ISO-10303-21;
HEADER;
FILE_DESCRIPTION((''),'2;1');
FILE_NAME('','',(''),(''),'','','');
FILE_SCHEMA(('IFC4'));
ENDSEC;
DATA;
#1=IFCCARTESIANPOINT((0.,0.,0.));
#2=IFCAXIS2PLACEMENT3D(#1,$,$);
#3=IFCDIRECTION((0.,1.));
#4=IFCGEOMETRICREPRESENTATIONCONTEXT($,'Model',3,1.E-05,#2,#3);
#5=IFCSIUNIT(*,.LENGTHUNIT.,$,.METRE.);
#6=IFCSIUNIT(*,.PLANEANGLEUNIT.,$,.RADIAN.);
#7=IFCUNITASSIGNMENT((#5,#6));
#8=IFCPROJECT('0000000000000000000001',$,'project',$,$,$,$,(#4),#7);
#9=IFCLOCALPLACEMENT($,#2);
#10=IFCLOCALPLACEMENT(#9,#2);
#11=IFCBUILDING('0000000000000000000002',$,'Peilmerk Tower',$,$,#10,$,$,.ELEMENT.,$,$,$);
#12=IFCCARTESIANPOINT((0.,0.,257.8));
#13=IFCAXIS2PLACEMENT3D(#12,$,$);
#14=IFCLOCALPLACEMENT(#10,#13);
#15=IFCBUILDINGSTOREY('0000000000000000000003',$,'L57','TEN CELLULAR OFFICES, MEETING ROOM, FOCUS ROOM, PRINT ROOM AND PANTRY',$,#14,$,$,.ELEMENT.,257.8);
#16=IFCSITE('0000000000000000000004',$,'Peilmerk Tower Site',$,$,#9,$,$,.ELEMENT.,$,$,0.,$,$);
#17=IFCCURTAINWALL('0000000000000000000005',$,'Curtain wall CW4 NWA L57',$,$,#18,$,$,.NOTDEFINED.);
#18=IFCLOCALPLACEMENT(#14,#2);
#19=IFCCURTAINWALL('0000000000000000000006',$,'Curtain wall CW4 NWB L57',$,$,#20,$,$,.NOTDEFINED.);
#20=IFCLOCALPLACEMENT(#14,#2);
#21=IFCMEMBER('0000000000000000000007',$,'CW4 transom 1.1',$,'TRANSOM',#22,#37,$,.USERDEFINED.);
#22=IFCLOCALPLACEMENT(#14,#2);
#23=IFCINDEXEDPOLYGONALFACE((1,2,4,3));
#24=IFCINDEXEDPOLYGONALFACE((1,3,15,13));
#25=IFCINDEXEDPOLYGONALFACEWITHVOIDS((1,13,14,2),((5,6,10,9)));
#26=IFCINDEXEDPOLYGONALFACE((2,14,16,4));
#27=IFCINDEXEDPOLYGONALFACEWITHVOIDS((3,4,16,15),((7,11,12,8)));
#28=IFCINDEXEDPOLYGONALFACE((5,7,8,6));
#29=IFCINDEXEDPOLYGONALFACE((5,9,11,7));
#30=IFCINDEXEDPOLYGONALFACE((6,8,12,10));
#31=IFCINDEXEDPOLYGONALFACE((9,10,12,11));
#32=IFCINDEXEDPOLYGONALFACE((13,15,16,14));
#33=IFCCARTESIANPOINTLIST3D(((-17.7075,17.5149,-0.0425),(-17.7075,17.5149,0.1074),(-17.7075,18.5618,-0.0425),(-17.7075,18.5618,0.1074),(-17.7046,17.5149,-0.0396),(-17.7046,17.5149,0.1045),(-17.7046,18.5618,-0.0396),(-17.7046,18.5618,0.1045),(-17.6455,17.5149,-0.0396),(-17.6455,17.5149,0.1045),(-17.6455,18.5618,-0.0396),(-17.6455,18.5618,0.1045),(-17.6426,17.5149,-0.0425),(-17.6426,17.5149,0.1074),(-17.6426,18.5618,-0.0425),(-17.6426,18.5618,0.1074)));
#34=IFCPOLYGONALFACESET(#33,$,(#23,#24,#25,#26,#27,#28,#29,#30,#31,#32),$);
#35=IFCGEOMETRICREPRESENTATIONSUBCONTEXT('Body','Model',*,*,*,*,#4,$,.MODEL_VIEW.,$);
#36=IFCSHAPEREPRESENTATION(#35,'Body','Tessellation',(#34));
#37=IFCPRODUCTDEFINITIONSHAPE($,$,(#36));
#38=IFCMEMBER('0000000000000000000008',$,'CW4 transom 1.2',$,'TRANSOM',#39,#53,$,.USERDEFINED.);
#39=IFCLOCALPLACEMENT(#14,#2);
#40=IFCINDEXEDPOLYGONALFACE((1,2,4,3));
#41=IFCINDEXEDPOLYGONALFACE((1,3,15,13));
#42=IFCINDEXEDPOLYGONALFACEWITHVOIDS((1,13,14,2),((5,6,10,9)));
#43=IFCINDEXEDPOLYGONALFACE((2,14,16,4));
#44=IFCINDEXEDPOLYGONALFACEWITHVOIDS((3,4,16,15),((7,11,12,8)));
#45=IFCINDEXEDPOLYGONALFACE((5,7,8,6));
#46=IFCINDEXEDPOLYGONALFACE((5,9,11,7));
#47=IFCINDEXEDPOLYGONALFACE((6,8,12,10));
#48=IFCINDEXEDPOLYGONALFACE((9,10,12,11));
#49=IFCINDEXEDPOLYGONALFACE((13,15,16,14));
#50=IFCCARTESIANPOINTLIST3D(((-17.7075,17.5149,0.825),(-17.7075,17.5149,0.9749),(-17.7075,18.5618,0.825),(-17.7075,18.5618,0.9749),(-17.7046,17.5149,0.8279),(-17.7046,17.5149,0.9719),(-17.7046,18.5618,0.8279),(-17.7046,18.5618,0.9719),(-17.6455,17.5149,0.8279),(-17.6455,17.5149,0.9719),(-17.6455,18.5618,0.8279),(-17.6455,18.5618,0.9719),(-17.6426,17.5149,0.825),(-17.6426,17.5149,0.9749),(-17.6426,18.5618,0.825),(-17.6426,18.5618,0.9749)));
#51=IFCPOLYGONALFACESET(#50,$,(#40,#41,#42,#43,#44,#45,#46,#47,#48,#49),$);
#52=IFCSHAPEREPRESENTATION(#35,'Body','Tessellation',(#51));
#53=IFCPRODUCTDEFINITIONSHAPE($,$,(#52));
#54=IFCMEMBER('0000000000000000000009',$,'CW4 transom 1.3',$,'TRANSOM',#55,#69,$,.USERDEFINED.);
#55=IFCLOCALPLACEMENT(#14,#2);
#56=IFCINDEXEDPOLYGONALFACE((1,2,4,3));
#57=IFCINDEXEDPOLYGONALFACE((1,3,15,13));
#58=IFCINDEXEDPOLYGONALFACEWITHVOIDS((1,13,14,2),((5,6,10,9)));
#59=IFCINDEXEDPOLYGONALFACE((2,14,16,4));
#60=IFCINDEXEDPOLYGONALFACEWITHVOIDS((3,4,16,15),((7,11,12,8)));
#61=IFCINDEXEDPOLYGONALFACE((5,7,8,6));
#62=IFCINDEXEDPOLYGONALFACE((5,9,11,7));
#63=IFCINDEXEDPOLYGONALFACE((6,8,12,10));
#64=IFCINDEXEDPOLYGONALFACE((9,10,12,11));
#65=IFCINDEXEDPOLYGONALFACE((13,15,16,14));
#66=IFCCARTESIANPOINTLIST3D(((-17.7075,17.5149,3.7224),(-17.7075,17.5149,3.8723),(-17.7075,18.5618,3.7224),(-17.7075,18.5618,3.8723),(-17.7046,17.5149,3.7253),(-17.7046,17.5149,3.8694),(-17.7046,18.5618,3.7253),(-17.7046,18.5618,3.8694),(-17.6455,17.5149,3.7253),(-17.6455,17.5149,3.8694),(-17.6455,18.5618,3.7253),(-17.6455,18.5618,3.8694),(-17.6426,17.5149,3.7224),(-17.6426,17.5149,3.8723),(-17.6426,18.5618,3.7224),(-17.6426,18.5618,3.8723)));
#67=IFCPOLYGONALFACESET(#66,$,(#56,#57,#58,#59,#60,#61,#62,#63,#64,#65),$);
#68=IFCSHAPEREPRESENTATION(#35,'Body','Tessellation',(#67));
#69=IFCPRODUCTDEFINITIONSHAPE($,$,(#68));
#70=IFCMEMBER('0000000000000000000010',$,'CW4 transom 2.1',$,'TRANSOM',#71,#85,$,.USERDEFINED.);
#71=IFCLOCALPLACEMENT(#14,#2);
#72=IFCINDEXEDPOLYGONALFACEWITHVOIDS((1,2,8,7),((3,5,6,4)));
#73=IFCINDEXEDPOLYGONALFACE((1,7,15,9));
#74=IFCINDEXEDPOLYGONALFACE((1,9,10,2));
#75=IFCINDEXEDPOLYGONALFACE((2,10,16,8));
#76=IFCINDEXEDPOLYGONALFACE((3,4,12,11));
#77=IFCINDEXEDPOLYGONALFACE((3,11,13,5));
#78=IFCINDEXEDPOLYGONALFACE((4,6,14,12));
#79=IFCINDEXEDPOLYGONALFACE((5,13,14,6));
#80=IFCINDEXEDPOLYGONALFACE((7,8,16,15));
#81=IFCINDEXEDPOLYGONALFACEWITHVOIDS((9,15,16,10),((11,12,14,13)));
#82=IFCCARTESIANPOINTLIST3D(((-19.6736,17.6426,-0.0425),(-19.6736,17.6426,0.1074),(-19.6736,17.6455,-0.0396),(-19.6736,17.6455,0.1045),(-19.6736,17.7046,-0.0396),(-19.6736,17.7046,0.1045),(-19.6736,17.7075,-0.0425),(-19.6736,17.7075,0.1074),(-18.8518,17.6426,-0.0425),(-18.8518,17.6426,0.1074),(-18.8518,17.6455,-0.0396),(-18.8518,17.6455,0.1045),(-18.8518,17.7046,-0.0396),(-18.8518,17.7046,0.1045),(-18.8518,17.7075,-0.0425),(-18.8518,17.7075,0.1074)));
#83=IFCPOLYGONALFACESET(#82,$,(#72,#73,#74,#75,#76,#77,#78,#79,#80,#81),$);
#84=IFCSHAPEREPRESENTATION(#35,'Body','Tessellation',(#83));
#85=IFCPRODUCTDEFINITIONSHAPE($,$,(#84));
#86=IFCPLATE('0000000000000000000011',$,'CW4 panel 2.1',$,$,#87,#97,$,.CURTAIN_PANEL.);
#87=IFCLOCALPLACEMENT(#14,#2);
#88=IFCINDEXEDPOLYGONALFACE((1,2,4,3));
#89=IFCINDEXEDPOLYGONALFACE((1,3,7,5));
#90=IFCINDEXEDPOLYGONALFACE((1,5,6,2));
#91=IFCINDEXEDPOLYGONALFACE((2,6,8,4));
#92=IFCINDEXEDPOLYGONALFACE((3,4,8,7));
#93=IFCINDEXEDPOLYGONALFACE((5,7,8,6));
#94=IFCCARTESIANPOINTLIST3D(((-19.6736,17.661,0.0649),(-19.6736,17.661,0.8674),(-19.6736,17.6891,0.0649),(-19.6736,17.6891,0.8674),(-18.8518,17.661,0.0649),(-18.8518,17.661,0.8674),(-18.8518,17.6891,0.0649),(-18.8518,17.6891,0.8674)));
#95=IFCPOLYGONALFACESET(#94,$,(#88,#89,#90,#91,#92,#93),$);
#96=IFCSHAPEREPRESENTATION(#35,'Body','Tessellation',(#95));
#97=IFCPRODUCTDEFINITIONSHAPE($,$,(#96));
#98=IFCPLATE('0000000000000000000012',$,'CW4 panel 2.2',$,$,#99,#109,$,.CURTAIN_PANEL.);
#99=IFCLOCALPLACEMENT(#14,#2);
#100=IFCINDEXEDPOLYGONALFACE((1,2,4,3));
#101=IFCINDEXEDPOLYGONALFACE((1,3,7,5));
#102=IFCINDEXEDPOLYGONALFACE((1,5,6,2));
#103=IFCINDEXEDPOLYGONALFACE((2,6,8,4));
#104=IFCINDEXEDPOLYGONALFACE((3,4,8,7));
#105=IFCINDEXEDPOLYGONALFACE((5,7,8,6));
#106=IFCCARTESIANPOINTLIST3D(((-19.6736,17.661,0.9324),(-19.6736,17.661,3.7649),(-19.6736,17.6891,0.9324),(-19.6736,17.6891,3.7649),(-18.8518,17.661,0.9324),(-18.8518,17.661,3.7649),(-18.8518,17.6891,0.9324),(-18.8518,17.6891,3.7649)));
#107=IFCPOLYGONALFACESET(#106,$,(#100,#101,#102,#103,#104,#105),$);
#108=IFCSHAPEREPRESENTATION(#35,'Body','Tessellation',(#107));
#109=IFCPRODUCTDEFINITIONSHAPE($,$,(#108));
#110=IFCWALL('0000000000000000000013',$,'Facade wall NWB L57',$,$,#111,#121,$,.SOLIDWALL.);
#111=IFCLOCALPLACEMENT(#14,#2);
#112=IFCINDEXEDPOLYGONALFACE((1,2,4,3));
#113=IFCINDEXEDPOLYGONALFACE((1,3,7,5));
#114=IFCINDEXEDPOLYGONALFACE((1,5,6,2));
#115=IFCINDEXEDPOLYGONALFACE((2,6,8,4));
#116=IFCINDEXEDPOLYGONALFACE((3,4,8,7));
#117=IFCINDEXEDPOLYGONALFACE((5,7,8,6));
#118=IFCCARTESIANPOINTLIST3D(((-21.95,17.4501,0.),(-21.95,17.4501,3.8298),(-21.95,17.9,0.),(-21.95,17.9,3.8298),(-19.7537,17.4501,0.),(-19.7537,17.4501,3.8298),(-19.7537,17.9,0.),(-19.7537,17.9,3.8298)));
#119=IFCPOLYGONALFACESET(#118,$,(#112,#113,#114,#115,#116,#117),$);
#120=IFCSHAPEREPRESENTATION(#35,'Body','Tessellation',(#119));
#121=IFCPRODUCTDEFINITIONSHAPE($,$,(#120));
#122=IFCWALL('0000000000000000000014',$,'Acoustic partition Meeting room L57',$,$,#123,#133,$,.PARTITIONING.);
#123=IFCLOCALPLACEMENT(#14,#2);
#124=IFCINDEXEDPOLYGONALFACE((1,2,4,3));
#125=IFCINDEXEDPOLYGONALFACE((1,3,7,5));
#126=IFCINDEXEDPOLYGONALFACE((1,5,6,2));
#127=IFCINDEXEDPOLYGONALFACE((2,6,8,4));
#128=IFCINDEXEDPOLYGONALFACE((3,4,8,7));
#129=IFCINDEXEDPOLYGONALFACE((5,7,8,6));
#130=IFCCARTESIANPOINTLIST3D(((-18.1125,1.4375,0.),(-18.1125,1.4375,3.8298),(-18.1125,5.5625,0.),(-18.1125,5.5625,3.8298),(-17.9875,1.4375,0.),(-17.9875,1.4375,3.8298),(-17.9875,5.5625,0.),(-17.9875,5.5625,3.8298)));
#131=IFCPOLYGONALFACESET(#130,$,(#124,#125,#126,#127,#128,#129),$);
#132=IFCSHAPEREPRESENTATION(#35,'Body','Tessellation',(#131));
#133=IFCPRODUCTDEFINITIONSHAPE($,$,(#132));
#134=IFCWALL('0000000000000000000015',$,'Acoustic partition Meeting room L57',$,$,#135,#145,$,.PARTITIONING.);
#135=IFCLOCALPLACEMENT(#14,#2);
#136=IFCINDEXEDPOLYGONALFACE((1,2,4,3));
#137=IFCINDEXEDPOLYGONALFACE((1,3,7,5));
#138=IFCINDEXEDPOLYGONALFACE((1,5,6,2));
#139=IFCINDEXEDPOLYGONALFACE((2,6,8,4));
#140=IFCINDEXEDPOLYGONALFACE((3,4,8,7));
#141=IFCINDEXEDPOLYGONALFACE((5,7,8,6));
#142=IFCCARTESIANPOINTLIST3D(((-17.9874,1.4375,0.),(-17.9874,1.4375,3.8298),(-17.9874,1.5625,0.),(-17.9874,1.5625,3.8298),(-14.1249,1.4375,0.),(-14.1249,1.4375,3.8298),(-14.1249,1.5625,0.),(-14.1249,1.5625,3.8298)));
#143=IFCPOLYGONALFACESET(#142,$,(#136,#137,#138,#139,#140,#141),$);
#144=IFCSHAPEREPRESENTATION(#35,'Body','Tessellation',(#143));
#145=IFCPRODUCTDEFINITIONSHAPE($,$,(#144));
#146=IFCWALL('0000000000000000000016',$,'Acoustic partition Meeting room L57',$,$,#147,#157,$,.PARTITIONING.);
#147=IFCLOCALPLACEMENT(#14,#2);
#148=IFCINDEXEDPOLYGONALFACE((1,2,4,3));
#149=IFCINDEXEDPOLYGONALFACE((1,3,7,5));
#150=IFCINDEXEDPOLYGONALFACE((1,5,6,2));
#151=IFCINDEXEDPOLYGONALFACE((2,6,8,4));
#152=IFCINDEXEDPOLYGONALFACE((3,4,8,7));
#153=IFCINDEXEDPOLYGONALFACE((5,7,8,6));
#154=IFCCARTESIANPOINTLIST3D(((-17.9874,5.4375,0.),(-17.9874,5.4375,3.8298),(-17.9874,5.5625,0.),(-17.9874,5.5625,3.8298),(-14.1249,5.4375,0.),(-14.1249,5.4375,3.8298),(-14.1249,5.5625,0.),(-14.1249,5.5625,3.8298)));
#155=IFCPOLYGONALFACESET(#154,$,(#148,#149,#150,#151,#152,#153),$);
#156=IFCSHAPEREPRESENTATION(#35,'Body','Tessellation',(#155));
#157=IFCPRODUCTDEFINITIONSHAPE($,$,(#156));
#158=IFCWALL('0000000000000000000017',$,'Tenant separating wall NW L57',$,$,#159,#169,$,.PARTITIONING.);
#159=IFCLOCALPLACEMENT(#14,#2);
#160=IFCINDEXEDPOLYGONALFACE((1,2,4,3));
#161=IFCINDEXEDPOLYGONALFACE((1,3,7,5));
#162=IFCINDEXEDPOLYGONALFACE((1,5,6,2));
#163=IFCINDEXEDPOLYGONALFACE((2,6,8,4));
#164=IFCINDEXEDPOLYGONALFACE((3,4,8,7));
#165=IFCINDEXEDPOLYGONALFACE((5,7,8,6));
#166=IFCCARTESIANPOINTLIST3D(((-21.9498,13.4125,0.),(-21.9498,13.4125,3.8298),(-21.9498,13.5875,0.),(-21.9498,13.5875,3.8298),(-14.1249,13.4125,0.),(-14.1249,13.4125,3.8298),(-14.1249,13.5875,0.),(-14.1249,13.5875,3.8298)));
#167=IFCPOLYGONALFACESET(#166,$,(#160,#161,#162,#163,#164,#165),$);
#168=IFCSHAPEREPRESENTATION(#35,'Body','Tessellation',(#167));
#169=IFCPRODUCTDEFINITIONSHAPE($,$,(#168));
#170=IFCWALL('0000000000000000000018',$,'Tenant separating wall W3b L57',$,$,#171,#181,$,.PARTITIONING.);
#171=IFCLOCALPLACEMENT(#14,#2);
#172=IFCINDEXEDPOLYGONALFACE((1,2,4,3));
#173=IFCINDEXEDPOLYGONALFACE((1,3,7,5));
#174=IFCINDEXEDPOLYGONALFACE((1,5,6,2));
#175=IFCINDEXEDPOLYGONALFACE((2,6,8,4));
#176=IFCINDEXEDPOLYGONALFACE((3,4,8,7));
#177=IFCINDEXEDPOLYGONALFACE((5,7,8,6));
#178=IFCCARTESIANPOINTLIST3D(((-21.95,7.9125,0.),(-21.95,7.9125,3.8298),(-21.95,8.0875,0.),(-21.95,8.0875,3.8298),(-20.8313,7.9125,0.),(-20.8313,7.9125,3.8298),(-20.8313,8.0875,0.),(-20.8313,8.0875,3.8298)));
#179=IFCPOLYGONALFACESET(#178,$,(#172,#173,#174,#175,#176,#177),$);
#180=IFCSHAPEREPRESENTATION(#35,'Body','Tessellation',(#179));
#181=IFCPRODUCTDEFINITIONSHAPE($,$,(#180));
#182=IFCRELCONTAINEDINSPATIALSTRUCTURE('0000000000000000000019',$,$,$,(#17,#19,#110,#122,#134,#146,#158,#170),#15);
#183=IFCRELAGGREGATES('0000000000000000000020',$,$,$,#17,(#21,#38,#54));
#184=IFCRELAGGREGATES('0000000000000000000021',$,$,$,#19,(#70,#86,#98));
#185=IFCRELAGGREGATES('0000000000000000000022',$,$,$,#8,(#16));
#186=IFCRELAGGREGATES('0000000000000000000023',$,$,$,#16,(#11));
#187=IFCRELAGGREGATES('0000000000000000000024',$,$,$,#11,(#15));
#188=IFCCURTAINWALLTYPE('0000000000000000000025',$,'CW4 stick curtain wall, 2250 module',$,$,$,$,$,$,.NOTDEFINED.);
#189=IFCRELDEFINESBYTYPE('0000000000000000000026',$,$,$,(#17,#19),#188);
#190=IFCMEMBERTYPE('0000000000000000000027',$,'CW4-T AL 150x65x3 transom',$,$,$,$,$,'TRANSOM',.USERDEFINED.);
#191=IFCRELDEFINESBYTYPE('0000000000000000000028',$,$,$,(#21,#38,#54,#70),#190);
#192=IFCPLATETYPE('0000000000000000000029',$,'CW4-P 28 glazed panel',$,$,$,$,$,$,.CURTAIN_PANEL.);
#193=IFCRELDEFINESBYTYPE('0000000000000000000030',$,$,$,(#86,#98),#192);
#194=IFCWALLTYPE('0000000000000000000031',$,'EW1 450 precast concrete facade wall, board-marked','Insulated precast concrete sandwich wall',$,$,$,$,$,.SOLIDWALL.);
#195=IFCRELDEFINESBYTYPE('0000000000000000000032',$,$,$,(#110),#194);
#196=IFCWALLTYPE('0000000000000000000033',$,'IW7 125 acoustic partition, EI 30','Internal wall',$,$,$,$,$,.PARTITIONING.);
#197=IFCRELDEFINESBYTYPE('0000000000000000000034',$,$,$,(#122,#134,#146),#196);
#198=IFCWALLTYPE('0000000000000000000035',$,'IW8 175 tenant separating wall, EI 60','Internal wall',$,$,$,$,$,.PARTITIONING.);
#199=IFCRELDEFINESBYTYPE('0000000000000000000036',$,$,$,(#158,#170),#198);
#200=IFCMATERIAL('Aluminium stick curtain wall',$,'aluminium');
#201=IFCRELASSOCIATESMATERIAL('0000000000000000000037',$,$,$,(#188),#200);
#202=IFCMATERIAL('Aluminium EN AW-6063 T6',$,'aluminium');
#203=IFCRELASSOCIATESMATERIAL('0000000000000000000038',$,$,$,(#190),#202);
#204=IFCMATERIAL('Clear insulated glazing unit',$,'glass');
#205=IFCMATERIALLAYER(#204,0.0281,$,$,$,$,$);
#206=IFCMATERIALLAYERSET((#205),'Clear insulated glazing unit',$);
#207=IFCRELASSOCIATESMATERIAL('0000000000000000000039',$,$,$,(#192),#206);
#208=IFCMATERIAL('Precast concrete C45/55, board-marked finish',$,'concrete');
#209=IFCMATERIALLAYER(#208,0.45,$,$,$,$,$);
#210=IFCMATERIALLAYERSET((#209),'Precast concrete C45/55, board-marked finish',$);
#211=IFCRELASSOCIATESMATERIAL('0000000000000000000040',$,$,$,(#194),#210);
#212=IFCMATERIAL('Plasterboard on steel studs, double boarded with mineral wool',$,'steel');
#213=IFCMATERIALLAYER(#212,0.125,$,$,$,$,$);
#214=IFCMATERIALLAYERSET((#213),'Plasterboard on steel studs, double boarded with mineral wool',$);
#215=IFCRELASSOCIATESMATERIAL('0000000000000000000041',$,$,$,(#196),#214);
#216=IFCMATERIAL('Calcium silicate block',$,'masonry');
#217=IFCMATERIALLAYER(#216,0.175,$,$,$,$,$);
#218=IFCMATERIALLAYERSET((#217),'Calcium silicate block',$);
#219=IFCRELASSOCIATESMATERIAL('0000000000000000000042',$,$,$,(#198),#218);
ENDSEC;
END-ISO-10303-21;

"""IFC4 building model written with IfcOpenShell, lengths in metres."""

from ifc_helpers import new_model, si_unit, direction, frame, frame_2d, origin, origin_2d, place, context, subcontext, project, spatial, rectangle, hollow_rectangle, extrude, material, layer, layer_set, material_profile, profile_set, type_object, element, aggregate, save


model = new_model("IFC4")

# Units and contexts
model_context = context("Model", 3, precision=1e-05, world=origin(), true_north=direction((0.0, 1.0)))
body_context = subcontext(model_context, "Body", "Model", "MODEL_VIEW")
ifc_project = project(units=[si_unit("LENGTHUNIT", "METRE"), si_unit("PLANEANGLEUNIT", "RADIAN")], contexts=[model_context])

# Site, building, storey
site_placement = place(None, origin())
site = spatial("IfcSite", under=ifc_project, at=site_placement, Name="Peilmerk Tower Site", CompositionType="ELEMENT", RefElevation=0.0)
building_placement = place(site_placement, origin())
building = spatial("IfcBuilding", under=site, at=building_placement, Name="Peilmerk Tower", CompositionType="ELEMENT")
storey_placement = place(building_placement, frame((0.0, 0.0, 257.8)))
storey = spatial("IfcBuildingStorey", under=building, at=storey_placement, Name="L57", Description="TEN CELLULAR OFFICES, MEETING ROOM, FOCUS ROOM, PRINT ROOM AND PANTRY", CompositionType="ELEMENT", Elevation=257.8)

# Curtain walls
ifc_material_1 = material(Name="Aluminium stick curtain wall", Category="aluminium")
curtain_wall_type = type_object("IfcCurtainWallType", Name="CW4 stick curtain wall, 2250 module", PredefinedType="NOTDEFINED", material=ifc_material_1)
curtain_wall_1_placement = place(storey_placement, origin())
curtain_wall_1 = element("IfcCurtainWall", 1, at=curtain_wall_1_placement, inside=storey, type_object=curtain_wall_type, Name="Curtain wall CW4 NWA L57", PredefinedType="NOTDEFINED")
ifc_material_2 = material(Name="Aluminium EN AW-6063 T6", Category="aluminium")
curtain_wall_2_placement = place(storey_placement, origin())
curtain_wall_2 = element("IfcCurtainWall", 2, at=curtain_wall_2_placement, inside=storey, type_object=curtain_wall_type, Name="Curtain wall CW4 NWB L57", PredefinedType="NOTDEFINED")

# Members
ifc_material_profile_1 = material_profile(ifc_material_2, hollow_rectangle(XDim=0.0649, YDim=0.1499, WallThickness=0.0029, at=origin_2d()), Name="AL 150x65x3")
ifc_profile_set_1 = profile_set([ifc_material_profile_1], Name="Aluminium EN AW-6063 T6")
member_type_1 = type_object("IfcMemberType", Name="CW4-T AL 150x65x3 transom", ElementType="TRANSOM", PredefinedType="USERDEFINED", material=ifc_profile_set_1)
member_1_placement = place(storey_placement, frame((-17.675, 17.5149, 0.0325), z_axis=(0.0, 1.0, 0.0), x_axis=(-1.0, 0.0, 0.0)))
member_1 = element("IfcMember", 3, at=member_1_placement, type_object=member_type_1, Name="CW4 transom 1.1", ObjectType="TRANSOM", PredefinedType="USERDEFINED", context=body_context, shape_type="SweptSolid", body=[
    extrude(hollow_rectangle(XDim=0.0649, YDim=0.1499, WallThickness=0.0029, at=origin_2d()), origin(), (0.0, 0.0, 1.0), 1.0469),
])
member_2_placement = place(storey_placement, frame((-17.675, 17.5149, 0.8999), z_axis=(0.0, 1.0, 0.0), x_axis=(-1.0, 0.0, 0.0)))
member_2 = element("IfcMember", 4, at=member_2_placement, type_object=member_type_1, Name="CW4 transom 1.2", ObjectType="TRANSOM", PredefinedType="USERDEFINED", context=body_context, shape_type="SweptSolid", body=[
    extrude(hollow_rectangle(XDim=0.0649, YDim=0.1499, WallThickness=0.0029, at=origin_2d()), origin(), (0.0, 0.0, 1.0), 1.0469),
])
member_3_placement = place(storey_placement, frame((-17.675, 17.5149, 3.7974), z_axis=(0.0, 1.0, 0.0), x_axis=(-1.0, 0.0, 0.0)))
member_3 = element("IfcMember", 5, at=member_3_placement, type_object=member_type_1, Name="CW4 transom 1.3", ObjectType="TRANSOM", PredefinedType="USERDEFINED", context=body_context, shape_type="SweptSolid", body=[
    extrude(hollow_rectangle(XDim=0.0649, YDim=0.1499, WallThickness=0.0029, at=origin_2d()), origin(), (0.0, 0.0, 1.0), 1.0469),
])
aggregate(curtain_wall_1, [member_1, member_2, member_3])
member_4_placement = place(storey_placement, frame((-18.8518, 17.675, 0.0325), z_axis=(-1.0, 0.0, 0.0), x_axis=(0.0, -1.0, 0.0)))
member_4 = element("IfcMember", 6, at=member_4_placement, type_object=member_type_1, Name="CW4 transom 2.1", ObjectType="TRANSOM", PredefinedType="USERDEFINED", context=body_context, shape_type="SweptSolid", body=[
    extrude(hollow_rectangle(XDim=0.0649, YDim=0.1499, WallThickness=0.0029, at=origin_2d()), origin(), (0.0, 0.0, 1.0), 0.8218),
])

# Plates
ifc_material_3 = material(Name="Clear insulated glazing unit", Category="glass")
ifc_layer_1 = layer(ifc_material_3, 0.0281)
ifc_layer_set_1 = layer_set([ifc_layer_1], Name="Clear insulated glazing unit")
plate_type = type_object("IfcPlateType", Name="CW4-P 28 glazed panel", PredefinedType="CURTAIN_PANEL", material=ifc_layer_set_1)
plate_1_placement = place(storey_placement, frame((-19.2627, 17.675, 0.0649), z_axis=(0.0, 0.0, 1.0), x_axis=(-1.0, 0.0, 0.0)))
plate_1 = element("IfcPlate", 7, at=plate_1_placement, type_object=plate_type, Name="CW4 panel 2.1", PredefinedType="CURTAIN_PANEL", context=body_context, shape_type="SweptSolid", body=[
    extrude(rectangle(XDim=0.8218, YDim=0.0281, at=origin_2d()), origin(), (0.0, 0.0, 1.0), 0.8025),
])
plate_2_placement = place(storey_placement, frame((-19.2627, 17.675, 0.9324), z_axis=(0.0, 0.0, 1.0), x_axis=(-1.0, 0.0, 0.0)))
plate_2 = element("IfcPlate", 8, at=plate_2_placement, type_object=plate_type, Name="CW4 panel 2.2", PredefinedType="CURTAIN_PANEL", context=body_context, shape_type="SweptSolid", body=[
    extrude(rectangle(XDim=0.8218, YDim=0.0281, at=origin_2d()), origin(), (0.0, 0.0, 1.0), 2.8325),
])
aggregate(curtain_wall_2, [member_4, plate_1, plate_2])

# Walls
ifc_material_4 = material(Name="Precast concrete C45/55, board-marked finish", Category="concrete")
ifc_layer_2 = layer(ifc_material_4, 0.45)
ifc_layer_set_2 = layer_set([ifc_layer_2], Name="Precast concrete C45/55, board-marked finish")
wall_type_1 = type_object("IfcWallType", Name="EW1 450 precast concrete facade wall, board-marked", Description="Insulated precast concrete sandwich wall", PredefinedType="SOLIDWALL", material=ifc_layer_set_2)
wall_1_placement = place(storey_placement, frame((-19.7537, 17.675, 0.0), z_axis=(0.0, 0.0, 1.0), x_axis=(-1.0, 0.0, 0.0)))
element("IfcWall", 9, at=wall_1_placement, inside=storey, type_object=wall_type_1, Name="Facade wall NWB L57", PredefinedType="SOLIDWALL", context=body_context, shape_type="SweptSolid", body=[
    extrude(rectangle(XDim=2.1963, YDim=0.45, at=frame_2d((1.0981, 0.0))), origin(), (0.0, 0.0, 1.0), 3.8298),
])
ifc_material_5 = material(Name="Plasterboard on steel studs, double boarded with mineral wool", Category="steel")
ifc_layer_3 = layer(ifc_material_5, 0.125)
ifc_layer_set_3 = layer_set([ifc_layer_3], Name="Plasterboard on steel studs, double boarded with mineral wool")
wall_type_2 = type_object("IfcWallType", Name="IW7 125 acoustic partition, EI 30", Description="Internal wall", PredefinedType="PARTITIONING", material=ifc_layer_set_3)
wall_2_placement = place(storey_placement, frame((-18.05, 1.4375, 0.0), z_axis=(0.0, 0.0, 1.0), x_axis=(0.0, 1.0, 0.0)))
element("IfcWall", 10, at=wall_2_placement, inside=storey, type_object=wall_type_2, Name="Acoustic partition Meeting room L57", PredefinedType="PARTITIONING", context=body_context, shape_type="SweptSolid", body=[
    extrude(rectangle(XDim=4.125, YDim=0.125, at=frame_2d((2.0625, 0.0))), origin(), (0.0, 0.0, 1.0), 3.8298),
])
for number, where, z_axis, x_axis, name in (
    (11, (-14.125, 1.5, 0.0), (0.0, 0.0, 1.0), (-1.0, 0.0, 0.0), "Acoustic partition Meeting room L57"),
    (12, (-14.125, 5.5, 0.0), (0.0, 0.0, 1.0), (-1.0, 0.0, 0.0), "Acoustic partition Meeting room L57"),
):
    element("IfcWall", number, at=place(storey_placement, frame(where, z_axis=z_axis, x_axis=x_axis)), inside=storey, type_object=wall_type_2, Name=name, PredefinedType="PARTITIONING", context=body_context, shape_type="SweptSolid", body=[
        extrude(rectangle(XDim=3.8625, YDim=0.125, at=frame_2d((1.9312, 0.0))), origin(), (0.0, 0.0, 1.0), 3.8298),
    ])
ifc_material_6 = material(Name="Calcium silicate block", Category="masonry")
ifc_layer_4 = layer(ifc_material_6, 0.175)
ifc_layer_set_4 = layer_set([ifc_layer_4], Name="Calcium silicate block")
wall_type_3 = type_object("IfcWallType", Name="IW8 175 tenant separating wall, EI 60", Description="Internal wall", PredefinedType="PARTITIONING", material=ifc_layer_set_4)
wall_3_placement = place(storey_placement, frame((-21.95, 13.5, 0.0), z_axis=(0.0, 0.0, 1.0), x_axis=(1.0, 0.0, 0.0)))
element("IfcWall", 13, at=wall_3_placement, inside=storey, type_object=wall_type_3, Name="Tenant separating wall NW L57", PredefinedType="PARTITIONING", context=body_context, shape_type="SweptSolid", body=[
    extrude(rectangle(XDim=7.825, YDim=0.175, at=frame_2d((3.9126, 0.0))), origin(), (0.0, 0.0, 1.0), 3.8298),
])
wall_4_placement = place(storey_placement, frame((-20.8313, 8.0, 0.0), z_axis=(0.0, 0.0, 1.0), x_axis=(-1.0, 0.0, 0.0)))
element("IfcWall", 14, at=wall_4_placement, inside=storey, type_object=wall_type_3, Name="Tenant separating wall W3b L57", PredefinedType="PARTITIONING", context=body_context, shape_type="SweptSolid", body=[
    extrude(rectangle(XDim=1.1187, YDim=0.175, at=frame_2d((0.5593, 0.0))), origin(), (0.0, 0.0, 1.0), 3.8298),
])

save(model, "model.ifc")
